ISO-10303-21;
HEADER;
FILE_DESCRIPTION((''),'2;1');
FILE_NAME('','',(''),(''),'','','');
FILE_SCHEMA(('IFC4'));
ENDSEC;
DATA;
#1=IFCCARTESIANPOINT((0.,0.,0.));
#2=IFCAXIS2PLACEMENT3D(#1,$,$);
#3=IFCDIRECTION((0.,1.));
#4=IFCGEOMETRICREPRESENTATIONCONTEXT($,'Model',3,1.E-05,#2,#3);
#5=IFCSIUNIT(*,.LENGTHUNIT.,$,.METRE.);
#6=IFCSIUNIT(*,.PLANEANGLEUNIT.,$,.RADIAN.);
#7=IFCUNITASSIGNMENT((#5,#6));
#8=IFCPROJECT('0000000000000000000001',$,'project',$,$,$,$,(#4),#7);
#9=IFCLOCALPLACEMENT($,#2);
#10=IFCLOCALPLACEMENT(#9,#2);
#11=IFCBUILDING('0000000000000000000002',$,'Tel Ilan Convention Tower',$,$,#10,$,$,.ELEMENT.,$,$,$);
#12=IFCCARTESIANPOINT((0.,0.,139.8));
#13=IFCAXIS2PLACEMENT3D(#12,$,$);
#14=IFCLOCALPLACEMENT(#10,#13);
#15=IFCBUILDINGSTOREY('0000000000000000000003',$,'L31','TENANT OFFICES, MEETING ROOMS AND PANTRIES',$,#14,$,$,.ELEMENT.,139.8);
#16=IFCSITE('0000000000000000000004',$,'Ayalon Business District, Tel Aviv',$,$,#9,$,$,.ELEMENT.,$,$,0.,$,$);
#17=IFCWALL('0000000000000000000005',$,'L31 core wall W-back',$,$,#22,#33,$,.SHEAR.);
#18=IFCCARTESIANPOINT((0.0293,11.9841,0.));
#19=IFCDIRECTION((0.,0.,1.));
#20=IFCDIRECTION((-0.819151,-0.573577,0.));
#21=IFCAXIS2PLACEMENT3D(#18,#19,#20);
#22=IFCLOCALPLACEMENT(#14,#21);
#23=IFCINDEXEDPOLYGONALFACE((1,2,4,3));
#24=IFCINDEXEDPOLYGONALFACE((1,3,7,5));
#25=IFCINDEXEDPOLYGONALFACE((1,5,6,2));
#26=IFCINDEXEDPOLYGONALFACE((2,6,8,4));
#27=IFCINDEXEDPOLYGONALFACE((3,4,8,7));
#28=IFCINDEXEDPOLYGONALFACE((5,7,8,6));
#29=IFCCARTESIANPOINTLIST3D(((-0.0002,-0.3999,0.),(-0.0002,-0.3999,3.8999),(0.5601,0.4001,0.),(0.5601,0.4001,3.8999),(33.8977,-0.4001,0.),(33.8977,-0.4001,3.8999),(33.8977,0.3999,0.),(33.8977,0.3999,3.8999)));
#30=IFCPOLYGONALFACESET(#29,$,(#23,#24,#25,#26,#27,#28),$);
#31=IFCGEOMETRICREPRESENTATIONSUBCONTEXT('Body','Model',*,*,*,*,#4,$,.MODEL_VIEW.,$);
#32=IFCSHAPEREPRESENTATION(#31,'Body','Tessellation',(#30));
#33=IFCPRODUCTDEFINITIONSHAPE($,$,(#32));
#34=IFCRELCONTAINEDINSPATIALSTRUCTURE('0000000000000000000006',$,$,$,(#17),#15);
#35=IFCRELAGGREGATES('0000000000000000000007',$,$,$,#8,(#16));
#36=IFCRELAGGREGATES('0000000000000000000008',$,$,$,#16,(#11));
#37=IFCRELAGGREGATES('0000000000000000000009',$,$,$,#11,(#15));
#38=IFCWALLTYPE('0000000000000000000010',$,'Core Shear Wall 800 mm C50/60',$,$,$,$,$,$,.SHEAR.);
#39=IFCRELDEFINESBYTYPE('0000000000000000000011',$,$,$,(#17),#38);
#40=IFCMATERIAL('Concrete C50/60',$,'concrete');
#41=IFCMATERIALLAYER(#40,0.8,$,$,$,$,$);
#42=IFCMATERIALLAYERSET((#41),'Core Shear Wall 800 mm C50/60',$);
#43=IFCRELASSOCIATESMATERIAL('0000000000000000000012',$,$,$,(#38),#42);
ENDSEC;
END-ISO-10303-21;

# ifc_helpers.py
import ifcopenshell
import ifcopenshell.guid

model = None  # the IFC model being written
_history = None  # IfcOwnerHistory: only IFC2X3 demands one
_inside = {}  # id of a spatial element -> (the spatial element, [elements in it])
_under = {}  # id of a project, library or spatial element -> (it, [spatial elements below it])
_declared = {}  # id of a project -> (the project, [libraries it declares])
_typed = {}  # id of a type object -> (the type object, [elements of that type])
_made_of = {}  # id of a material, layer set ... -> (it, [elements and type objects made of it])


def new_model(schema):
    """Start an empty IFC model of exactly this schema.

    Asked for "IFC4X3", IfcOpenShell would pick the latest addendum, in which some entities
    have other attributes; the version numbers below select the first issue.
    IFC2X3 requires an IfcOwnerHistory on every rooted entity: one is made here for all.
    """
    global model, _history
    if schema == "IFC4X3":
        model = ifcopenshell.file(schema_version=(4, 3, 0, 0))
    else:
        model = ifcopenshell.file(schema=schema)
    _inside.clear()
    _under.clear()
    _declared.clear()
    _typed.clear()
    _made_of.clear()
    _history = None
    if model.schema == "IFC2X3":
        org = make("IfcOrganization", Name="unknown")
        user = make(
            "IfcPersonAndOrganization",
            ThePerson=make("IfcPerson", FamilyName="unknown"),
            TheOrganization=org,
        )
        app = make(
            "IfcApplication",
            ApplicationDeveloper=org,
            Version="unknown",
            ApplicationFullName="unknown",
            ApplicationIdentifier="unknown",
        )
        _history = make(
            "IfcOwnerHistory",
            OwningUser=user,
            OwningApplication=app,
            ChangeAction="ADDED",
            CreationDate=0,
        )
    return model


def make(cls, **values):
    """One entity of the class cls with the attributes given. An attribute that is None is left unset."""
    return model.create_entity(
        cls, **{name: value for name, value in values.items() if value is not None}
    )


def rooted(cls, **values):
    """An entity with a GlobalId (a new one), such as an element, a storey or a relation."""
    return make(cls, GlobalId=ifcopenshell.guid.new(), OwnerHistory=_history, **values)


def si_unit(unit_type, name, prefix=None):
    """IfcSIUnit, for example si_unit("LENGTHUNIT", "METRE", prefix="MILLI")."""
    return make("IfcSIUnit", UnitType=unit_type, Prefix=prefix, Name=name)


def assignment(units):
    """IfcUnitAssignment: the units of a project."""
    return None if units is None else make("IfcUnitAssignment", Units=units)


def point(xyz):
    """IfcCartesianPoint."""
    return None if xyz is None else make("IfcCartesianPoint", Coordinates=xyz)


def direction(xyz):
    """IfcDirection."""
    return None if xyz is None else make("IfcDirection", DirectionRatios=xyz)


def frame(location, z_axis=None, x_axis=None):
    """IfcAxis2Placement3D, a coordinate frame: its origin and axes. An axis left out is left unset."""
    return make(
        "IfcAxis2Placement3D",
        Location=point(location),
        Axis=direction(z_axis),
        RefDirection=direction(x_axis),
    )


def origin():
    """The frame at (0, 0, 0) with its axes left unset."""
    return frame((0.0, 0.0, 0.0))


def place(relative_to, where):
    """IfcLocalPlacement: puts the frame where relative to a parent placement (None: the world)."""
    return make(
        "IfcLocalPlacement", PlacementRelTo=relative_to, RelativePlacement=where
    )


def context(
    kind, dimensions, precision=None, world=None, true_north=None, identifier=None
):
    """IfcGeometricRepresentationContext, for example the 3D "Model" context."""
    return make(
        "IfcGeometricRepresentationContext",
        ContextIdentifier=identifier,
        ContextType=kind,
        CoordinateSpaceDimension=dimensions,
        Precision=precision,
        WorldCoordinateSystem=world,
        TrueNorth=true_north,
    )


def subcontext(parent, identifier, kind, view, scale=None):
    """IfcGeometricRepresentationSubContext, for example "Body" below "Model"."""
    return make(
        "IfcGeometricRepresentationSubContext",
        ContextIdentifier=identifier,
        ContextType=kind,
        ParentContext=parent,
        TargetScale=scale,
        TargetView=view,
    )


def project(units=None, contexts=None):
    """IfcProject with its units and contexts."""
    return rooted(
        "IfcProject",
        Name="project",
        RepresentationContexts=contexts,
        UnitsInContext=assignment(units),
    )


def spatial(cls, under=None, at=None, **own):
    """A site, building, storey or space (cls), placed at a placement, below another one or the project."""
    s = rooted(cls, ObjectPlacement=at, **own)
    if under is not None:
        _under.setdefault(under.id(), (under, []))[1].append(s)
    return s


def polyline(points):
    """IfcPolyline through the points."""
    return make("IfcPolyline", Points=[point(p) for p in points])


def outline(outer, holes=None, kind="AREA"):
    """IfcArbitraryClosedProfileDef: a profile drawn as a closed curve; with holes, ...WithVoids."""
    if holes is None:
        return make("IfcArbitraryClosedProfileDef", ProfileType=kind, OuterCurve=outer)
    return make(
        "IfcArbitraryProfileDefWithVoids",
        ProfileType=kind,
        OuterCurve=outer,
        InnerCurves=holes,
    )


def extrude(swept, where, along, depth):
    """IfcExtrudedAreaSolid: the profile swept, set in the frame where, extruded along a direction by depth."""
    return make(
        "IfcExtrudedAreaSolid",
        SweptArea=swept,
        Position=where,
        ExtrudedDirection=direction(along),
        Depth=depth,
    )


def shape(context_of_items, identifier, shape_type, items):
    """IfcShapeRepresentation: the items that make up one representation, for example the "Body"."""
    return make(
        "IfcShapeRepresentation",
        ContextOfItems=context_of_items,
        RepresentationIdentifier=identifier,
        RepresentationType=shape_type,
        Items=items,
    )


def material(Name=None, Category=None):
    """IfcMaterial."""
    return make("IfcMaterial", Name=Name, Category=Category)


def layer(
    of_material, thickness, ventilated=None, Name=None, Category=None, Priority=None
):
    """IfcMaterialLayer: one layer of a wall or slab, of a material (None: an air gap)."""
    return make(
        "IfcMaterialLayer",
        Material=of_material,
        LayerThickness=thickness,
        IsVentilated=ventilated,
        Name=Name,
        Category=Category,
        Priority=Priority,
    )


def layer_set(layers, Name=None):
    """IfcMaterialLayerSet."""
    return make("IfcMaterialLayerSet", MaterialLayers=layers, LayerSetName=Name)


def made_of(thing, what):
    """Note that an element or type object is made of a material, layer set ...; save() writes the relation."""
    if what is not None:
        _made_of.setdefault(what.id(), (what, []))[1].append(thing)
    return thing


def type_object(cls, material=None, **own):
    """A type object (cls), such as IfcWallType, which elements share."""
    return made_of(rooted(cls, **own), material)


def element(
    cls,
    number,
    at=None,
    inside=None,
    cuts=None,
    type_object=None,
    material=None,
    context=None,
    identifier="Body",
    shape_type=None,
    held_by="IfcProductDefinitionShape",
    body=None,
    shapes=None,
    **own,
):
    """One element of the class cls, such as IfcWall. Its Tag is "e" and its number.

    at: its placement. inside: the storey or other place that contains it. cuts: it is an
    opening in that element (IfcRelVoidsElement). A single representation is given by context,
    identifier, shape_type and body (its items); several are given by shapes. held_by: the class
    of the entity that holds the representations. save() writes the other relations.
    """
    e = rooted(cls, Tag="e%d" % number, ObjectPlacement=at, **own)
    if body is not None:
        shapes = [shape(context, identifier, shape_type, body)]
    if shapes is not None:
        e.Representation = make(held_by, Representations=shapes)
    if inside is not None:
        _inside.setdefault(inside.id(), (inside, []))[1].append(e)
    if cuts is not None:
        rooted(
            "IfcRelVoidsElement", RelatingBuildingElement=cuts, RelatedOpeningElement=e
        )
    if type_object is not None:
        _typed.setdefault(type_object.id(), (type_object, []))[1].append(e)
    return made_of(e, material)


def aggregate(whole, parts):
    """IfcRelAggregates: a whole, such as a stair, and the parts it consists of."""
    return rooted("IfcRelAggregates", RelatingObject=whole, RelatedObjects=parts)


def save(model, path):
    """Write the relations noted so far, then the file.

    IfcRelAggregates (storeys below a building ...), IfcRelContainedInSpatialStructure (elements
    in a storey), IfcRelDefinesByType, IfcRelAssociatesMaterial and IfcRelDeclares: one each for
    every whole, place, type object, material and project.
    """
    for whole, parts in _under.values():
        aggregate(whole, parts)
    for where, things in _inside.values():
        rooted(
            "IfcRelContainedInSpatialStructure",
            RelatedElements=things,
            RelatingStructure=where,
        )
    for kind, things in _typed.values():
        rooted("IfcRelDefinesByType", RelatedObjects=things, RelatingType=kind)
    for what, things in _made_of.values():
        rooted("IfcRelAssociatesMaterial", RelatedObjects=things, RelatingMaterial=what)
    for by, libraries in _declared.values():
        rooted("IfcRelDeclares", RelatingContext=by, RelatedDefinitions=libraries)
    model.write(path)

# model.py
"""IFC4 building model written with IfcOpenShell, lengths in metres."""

from ifc_helpers import new_model, si_unit, direction, frame, origin, place, context, subcontext, project, spatial, polyline, outline, extrude, material, layer, layer_set, type_object, element, save


model = new_model("IFC4")

# Units and contexts
model_context = context("Model", 3, precision=1e-05, world=origin(), true_north=direction((0.0, 1.0)))
body_context = subcontext(model_context, "Body", "Model", "MODEL_VIEW")
ifc_project = project(units=[si_unit("LENGTHUNIT", "METRE"), si_unit("PLANEANGLEUNIT", "RADIAN")], contexts=[model_context])

# Site, building, storey
site_placement = place(None, origin())
site = spatial("IfcSite", under=ifc_project, at=site_placement, Name="Ayalon Business District, Tel Aviv", CompositionType="ELEMENT", RefElevation=0.0)
building_placement = place(site_placement, origin())
building = spatial("IfcBuilding", under=site, at=building_placement, Name="Tel Ilan Convention Tower", CompositionType="ELEMENT")
storey_placement = place(building_placement, frame((0.0, 0.0, 139.8)))
storey = spatial("IfcBuildingStorey", under=building, at=storey_placement, Name="L31", Description="TENANT OFFICES, MEETING ROOMS AND PANTRIES", CompositionType="ELEMENT", Elevation=139.8)

# Wall
ifc_material_1 = material(Name="Concrete C50/60", Category="concrete")
ifc_layer_1 = layer(ifc_material_1, 0.8)
ifc_layer_set_1 = layer_set([ifc_layer_1], Name="Core Shear Wall 800 mm C50/60")
wall_type_1 = type_object("IfcWallType", Name="Core Shear Wall 800 mm C50/60", PredefinedType="SHEAR", material=ifc_layer_set_1)
wall_1_placement = place(storey_placement, frame((0.0293, 11.9841, 0.0), z_axis=(0.0, 0.0, 1.0), x_axis=(-0.819151, -0.573577, 0.0)))
element("IfcWall", 1, at=wall_1_placement, inside=storey, type_object=wall_type_1, Name="L31 core wall W-back", PredefinedType="SHEAR", context=body_context, shape_type="SweptSolid", body=[
    extrude(outline(polyline([(33.8977, 0.3999), (0.5601, 0.4001), (-0.0002, -0.3999), (33.8977, -0.4001), (33.8977, 0.3999)])), origin(), (0.0, 0.0, 1.0), 3.8999),
])

save(model, "model.ifc")
